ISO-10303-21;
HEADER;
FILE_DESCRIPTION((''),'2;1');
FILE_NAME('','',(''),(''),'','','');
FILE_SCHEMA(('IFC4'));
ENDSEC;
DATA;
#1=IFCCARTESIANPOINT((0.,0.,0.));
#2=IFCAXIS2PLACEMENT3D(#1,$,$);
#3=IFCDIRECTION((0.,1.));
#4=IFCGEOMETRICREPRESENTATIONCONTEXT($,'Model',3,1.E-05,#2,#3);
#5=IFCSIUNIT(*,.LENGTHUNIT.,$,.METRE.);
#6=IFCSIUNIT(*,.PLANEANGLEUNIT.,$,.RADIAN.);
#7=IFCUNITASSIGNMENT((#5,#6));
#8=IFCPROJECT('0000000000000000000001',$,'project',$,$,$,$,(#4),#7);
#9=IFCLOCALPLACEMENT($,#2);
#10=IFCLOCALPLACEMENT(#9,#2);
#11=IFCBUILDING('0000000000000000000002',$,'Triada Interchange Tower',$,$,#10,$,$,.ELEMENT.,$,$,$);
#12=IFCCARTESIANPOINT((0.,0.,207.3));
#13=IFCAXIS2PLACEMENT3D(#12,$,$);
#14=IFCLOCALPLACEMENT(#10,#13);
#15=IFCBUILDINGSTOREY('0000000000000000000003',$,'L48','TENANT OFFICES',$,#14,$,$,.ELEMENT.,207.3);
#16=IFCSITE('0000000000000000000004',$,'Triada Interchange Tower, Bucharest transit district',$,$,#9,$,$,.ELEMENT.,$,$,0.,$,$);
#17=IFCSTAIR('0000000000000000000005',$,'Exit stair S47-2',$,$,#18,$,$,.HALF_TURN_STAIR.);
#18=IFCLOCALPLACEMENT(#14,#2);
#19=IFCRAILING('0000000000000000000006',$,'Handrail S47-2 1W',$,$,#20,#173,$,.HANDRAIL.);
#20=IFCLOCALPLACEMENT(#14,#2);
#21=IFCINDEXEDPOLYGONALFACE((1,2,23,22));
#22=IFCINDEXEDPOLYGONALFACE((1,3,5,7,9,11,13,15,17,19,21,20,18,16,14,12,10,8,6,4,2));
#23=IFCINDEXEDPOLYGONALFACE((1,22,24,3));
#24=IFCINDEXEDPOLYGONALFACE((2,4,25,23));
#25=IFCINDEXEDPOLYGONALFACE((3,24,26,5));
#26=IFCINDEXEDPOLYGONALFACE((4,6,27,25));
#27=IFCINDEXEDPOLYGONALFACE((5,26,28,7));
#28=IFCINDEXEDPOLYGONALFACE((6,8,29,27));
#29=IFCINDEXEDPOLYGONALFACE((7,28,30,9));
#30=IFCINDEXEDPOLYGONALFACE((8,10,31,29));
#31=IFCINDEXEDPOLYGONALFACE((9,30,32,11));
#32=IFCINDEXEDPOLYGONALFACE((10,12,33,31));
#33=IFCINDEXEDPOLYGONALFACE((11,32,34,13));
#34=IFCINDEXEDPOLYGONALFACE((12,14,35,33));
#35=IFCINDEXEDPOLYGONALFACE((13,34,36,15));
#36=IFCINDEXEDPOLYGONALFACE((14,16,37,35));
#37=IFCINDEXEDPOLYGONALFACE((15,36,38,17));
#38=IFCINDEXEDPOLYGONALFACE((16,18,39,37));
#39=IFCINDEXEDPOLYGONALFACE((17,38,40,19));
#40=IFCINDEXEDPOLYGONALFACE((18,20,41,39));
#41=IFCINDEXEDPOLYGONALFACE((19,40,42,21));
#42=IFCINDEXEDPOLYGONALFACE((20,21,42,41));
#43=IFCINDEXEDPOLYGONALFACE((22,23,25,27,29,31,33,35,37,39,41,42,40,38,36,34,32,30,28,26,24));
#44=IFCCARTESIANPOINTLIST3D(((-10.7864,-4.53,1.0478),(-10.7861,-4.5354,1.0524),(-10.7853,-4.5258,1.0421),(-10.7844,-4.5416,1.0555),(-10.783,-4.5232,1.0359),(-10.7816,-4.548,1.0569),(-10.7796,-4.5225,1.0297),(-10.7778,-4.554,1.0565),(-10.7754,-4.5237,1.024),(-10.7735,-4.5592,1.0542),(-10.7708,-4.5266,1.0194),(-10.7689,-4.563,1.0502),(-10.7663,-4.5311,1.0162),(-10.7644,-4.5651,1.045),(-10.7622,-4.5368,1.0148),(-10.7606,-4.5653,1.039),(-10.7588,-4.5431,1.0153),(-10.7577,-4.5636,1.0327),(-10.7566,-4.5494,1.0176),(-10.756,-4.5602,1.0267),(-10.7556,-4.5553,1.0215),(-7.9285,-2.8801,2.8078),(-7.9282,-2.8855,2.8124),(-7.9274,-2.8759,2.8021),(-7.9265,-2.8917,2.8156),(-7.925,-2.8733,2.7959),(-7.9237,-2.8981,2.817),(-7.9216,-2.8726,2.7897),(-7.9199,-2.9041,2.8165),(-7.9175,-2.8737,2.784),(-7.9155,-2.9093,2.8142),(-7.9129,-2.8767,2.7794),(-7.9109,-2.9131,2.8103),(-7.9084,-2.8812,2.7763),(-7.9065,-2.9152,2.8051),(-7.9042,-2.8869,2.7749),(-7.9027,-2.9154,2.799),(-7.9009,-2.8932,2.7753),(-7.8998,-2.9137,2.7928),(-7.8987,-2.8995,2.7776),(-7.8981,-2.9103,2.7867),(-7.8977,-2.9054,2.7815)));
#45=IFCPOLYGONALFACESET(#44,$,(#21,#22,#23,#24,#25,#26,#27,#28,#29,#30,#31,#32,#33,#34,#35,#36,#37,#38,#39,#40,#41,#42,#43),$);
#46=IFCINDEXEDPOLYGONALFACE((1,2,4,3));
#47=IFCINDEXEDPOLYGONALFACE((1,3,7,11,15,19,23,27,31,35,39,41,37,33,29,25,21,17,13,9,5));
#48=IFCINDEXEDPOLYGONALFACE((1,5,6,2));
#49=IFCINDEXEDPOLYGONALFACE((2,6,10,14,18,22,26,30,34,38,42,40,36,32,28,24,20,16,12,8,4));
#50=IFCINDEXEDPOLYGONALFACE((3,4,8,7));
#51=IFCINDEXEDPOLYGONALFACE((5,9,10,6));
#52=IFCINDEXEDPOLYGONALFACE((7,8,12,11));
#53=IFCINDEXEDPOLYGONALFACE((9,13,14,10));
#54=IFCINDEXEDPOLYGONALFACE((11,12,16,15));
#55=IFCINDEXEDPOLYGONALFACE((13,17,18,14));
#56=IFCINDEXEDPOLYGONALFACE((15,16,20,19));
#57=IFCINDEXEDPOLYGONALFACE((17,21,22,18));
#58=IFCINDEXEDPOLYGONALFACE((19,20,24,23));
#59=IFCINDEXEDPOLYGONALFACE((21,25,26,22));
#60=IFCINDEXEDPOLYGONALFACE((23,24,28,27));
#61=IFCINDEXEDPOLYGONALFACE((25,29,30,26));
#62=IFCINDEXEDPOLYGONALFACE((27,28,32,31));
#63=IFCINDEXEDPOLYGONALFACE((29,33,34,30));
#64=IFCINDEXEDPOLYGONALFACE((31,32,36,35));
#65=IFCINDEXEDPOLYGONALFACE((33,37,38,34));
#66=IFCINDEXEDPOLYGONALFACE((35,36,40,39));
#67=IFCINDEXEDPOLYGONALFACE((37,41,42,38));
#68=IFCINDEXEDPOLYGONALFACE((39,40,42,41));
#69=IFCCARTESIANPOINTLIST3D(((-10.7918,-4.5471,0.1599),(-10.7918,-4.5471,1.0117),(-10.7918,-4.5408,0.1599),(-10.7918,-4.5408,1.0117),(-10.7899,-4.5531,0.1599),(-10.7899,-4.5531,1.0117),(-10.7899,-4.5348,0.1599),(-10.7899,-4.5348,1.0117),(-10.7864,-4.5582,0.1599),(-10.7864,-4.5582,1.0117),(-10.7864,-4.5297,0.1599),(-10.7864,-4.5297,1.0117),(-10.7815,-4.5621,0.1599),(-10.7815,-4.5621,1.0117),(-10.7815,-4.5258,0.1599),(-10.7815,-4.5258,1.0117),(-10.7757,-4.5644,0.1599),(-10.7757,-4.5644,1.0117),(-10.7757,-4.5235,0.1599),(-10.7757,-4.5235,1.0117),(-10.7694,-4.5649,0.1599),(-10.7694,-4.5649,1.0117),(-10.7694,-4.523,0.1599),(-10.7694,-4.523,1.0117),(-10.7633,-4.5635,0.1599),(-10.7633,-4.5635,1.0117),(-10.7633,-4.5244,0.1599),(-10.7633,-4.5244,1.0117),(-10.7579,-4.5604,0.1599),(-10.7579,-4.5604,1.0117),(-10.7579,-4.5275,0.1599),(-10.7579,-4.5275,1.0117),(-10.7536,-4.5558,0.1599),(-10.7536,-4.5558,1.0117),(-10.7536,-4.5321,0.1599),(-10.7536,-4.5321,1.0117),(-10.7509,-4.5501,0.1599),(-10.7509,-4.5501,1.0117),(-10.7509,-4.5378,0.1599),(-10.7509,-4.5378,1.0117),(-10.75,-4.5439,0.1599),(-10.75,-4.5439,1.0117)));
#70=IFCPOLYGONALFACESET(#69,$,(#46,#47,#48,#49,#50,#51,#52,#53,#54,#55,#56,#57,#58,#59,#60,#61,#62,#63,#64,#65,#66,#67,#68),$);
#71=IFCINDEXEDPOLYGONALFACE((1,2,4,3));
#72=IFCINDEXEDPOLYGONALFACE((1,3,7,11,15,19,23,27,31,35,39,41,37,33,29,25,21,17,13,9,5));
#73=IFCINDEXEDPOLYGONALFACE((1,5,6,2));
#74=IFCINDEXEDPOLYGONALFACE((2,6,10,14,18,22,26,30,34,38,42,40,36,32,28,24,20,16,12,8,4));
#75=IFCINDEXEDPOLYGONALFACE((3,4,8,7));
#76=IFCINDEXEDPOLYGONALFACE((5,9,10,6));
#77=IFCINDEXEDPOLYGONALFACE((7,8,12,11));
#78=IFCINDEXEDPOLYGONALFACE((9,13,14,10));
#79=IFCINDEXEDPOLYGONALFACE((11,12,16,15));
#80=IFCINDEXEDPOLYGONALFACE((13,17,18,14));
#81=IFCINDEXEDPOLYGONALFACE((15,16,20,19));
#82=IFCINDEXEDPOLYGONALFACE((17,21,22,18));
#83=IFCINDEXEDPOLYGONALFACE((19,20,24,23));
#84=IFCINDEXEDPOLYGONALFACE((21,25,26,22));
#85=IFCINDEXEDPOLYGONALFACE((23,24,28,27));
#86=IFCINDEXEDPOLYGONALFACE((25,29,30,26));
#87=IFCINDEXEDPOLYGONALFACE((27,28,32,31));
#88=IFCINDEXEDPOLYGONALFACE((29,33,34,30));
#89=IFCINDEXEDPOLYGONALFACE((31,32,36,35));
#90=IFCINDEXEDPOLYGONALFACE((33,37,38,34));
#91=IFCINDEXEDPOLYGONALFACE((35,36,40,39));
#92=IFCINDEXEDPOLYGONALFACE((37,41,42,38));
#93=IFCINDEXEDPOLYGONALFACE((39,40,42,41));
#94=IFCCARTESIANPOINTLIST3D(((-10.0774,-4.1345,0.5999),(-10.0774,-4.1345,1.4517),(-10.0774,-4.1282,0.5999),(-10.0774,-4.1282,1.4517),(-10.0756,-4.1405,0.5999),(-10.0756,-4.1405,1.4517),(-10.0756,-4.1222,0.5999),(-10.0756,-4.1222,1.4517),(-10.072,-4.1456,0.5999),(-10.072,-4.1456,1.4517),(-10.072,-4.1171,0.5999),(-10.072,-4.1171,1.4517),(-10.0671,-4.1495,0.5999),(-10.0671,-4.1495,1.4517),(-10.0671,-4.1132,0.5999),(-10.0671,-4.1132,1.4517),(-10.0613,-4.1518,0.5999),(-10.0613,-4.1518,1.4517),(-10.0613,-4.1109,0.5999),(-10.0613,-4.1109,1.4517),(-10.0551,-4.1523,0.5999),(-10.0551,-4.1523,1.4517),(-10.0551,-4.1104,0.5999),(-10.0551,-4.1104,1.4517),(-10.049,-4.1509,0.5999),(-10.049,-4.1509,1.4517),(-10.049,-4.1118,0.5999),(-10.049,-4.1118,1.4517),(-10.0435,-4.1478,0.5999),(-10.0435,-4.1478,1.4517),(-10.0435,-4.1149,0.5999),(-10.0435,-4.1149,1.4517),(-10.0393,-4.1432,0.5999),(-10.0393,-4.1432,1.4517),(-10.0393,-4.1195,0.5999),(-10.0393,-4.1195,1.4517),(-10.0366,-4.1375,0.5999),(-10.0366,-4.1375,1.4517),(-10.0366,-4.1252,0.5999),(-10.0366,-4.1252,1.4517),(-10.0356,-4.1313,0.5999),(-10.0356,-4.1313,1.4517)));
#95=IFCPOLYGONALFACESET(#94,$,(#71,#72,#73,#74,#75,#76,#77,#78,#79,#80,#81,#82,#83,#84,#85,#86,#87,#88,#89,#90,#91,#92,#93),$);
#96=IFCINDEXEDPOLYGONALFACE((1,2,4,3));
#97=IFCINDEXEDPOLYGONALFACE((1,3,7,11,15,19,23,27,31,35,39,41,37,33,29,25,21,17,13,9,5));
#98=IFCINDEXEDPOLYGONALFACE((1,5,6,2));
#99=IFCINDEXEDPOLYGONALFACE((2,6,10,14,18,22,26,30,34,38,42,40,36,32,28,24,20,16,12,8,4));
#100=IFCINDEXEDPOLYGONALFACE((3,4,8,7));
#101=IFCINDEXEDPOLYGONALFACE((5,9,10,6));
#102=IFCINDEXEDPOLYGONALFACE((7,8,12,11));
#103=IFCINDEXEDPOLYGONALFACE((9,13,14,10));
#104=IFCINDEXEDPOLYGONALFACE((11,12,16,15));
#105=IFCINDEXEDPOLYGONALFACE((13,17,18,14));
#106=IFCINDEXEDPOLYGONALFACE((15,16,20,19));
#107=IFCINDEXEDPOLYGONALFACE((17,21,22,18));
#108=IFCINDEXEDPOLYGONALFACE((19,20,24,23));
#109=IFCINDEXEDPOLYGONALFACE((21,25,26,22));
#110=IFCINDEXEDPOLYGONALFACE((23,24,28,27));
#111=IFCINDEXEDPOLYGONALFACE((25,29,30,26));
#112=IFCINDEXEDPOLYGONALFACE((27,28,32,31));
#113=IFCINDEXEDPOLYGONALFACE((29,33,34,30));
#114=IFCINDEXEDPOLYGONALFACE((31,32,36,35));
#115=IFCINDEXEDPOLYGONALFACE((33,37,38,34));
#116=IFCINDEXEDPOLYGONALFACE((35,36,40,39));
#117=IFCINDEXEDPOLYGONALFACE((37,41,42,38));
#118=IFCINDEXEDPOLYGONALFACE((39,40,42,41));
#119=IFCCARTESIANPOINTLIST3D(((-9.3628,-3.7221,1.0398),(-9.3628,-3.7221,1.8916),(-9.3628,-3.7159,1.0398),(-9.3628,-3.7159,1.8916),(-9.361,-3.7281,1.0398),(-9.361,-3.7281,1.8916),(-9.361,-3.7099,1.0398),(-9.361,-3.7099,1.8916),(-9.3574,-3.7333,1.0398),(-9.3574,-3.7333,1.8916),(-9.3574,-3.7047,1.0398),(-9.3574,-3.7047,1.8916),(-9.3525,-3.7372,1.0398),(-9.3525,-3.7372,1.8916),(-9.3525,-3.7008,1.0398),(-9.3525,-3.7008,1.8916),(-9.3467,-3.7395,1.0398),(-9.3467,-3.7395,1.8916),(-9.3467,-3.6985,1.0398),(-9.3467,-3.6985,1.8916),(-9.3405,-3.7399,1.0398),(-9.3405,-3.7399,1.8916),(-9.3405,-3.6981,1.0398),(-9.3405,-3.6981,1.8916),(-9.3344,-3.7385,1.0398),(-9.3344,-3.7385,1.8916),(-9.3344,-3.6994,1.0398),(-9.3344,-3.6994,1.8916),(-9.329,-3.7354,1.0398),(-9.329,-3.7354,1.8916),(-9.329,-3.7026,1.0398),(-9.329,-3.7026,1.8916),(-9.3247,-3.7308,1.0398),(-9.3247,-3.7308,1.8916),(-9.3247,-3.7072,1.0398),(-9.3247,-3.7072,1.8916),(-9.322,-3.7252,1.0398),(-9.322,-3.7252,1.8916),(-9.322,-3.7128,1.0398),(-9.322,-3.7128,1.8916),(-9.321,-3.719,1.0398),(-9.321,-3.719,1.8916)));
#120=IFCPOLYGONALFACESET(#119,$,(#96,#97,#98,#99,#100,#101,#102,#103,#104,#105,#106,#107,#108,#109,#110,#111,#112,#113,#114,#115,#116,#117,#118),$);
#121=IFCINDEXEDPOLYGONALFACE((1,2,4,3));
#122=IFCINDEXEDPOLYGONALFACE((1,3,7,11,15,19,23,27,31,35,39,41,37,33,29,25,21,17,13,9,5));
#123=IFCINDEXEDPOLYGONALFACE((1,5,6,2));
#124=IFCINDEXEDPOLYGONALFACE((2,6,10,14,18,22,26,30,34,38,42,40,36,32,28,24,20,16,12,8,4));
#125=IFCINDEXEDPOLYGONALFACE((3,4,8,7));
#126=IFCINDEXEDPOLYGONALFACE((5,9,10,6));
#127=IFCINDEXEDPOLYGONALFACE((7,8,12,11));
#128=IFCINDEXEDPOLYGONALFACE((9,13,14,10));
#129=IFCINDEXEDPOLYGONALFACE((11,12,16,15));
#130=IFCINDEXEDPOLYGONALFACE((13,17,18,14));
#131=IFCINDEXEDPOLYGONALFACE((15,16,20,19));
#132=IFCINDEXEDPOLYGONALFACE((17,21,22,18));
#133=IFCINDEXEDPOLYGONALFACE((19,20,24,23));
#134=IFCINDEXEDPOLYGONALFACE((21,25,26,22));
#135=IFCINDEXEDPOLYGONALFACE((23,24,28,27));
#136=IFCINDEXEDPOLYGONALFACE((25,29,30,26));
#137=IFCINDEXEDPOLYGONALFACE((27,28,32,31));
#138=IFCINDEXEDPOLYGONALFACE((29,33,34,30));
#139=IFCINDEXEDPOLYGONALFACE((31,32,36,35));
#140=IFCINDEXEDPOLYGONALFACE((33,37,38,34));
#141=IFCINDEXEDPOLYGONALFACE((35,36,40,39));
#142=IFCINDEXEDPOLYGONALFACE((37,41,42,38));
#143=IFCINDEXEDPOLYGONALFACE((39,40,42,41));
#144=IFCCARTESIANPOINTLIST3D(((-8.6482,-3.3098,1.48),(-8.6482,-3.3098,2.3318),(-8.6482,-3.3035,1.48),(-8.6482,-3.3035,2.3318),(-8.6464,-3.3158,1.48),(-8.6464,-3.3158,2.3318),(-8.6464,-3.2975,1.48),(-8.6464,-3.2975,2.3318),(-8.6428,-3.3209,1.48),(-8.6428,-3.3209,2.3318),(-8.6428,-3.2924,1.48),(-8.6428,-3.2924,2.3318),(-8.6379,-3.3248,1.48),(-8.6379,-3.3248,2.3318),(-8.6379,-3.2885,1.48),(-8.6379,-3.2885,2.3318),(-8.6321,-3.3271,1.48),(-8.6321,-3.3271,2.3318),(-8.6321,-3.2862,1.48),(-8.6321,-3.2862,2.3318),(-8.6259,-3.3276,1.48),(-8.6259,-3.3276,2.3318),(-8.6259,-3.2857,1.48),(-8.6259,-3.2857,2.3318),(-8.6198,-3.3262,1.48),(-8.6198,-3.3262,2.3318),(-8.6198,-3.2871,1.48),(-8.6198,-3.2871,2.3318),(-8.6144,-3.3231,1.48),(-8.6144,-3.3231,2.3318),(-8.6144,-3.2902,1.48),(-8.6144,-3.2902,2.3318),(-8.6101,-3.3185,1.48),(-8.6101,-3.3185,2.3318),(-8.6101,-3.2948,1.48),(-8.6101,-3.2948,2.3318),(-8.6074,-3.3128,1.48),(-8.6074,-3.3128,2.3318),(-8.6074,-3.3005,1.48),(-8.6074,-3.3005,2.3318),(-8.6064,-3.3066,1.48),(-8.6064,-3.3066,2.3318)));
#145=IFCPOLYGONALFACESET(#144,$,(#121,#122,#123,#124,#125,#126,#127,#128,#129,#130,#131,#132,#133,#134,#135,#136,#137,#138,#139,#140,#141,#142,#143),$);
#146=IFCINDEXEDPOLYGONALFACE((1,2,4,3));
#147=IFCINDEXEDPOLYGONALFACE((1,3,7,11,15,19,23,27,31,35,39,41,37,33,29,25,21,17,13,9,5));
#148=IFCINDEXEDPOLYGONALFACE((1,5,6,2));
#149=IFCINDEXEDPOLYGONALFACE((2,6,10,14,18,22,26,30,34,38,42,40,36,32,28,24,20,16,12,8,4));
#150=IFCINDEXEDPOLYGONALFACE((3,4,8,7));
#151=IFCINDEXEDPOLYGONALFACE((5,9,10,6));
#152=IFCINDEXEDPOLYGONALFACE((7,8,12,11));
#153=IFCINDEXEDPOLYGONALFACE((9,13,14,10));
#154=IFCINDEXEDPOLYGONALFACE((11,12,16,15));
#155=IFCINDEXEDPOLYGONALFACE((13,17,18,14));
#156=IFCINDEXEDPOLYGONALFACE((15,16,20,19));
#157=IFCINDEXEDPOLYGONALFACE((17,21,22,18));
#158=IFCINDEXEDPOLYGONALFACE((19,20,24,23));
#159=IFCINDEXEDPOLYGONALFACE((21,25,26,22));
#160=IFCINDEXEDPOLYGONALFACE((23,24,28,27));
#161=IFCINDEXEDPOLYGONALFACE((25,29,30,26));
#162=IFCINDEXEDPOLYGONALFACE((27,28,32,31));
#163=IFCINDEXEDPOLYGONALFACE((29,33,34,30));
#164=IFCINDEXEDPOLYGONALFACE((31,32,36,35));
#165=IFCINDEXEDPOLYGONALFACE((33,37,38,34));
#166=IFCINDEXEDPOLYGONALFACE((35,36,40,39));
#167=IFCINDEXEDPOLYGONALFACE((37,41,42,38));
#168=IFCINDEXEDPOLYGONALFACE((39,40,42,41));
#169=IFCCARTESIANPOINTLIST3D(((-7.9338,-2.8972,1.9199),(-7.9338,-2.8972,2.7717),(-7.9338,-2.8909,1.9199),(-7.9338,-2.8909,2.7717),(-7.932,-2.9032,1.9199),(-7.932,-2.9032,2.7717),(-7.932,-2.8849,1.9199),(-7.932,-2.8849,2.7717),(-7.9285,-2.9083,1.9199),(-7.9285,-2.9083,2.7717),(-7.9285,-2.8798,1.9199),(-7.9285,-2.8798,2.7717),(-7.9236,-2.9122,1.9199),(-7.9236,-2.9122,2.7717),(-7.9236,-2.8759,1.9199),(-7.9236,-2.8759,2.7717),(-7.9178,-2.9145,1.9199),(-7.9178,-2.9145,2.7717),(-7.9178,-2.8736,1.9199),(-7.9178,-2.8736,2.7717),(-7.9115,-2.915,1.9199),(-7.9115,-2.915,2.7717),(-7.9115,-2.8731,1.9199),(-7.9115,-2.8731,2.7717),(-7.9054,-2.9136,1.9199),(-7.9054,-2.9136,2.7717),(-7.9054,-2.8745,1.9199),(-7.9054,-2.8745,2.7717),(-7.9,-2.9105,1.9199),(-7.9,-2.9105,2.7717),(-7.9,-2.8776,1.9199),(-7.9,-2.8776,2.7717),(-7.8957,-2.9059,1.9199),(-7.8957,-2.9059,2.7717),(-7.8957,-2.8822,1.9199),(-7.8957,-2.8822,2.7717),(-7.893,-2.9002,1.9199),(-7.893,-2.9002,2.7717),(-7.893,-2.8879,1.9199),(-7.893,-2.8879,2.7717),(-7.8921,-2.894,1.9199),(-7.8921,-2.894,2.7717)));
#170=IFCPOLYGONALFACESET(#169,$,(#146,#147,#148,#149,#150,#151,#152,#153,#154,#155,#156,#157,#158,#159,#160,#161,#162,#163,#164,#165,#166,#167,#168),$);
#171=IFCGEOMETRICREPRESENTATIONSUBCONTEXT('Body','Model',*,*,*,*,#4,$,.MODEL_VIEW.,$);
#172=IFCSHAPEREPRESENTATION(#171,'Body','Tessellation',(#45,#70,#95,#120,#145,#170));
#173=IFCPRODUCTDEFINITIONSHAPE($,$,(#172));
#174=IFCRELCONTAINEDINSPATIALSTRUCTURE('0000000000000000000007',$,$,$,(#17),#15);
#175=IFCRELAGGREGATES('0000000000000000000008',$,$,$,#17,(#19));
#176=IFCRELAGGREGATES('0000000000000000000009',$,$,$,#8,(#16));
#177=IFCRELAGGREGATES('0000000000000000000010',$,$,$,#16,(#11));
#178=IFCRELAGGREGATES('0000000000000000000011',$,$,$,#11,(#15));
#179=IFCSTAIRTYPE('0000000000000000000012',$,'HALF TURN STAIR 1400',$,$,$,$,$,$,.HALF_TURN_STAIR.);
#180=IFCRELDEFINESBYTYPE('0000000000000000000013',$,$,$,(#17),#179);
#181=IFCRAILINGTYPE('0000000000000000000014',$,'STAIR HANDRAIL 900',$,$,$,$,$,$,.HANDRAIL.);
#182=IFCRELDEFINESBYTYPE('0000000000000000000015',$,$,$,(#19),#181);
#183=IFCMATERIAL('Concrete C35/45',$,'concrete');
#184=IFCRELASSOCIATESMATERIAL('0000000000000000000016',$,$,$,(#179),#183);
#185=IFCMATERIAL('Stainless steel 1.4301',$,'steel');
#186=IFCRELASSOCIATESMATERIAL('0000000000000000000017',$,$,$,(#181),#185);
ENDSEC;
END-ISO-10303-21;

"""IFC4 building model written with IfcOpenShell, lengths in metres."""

from ifc_helpers import new_model, si_unit, direction, frame, origin, origin_2d, place, context, subcontext, project, spatial, circle, extrude, material, type_object, element, aggregate, save


model = new_model("IFC4")

# Units and contexts
model_context = context("Model", 3, precision=1e-05, world=origin(), true_north=direction((0.0, 1.0)))
body_context = subcontext(model_context, "Body", "Model", "MODEL_VIEW")
ifc_project = project(units=[si_unit("LENGTHUNIT", "METRE"), si_unit("PLANEANGLEUNIT", "RADIAN")], contexts=[model_context])

# Site, building, storey
site_placement = place(None, origin())
site = spatial("IfcSite", under=ifc_project, at=site_placement, Name="Triada Interchange Tower, Bucharest transit district", CompositionType="ELEMENT", RefElevation=0.0)
building_placement = place(site_placement, origin())
building = spatial("IfcBuilding", under=site, at=building_placement, Name="Triada Interchange Tower", CompositionType="ELEMENT")
storey_placement = place(building_placement, frame((0.0, 0.0, 207.3)))
storey = spatial("IfcBuildingStorey", under=building, at=storey_placement, Name="L48", Description="TENANT OFFICES", CompositionType="ELEMENT", Elevation=207.3)

# Stair, railing
ifc_material_1 = material(Name="Concrete C35/45", Category="concrete")
stair_type = type_object("IfcStairType", Name="HALF TURN STAIR 1400", PredefinedType="HALF_TURN_STAIR", material=ifc_material_1)
stair_placement = place(storey_placement, origin())
stair = element("IfcStair", 1, at=stair_placement, inside=storey, type_object=stair_type, Name="Exit stair S47-2", PredefinedType="HALF_TURN_STAIR")
ifc_material_2 = material(Name="Stainless steel 1.4301", Category="steel")
railing_type = type_object("IfcRailingType", Name="STAIR HANDRAIL 900", PredefinedType="HANDRAIL", material=ifc_material_2)
railing_1_placement = place(storey_placement, frame((-10.771, -4.5439, 0.1599)))
railing_1 = element("IfcRailing", 2, at=railing_1_placement, type_object=railing_type, Name="Handrail S47-2 1W", PredefinedType="HANDRAIL", context=body_context, shape_type="SweptSolid", body=[
    extrude(circle(Radius=0.0239, at=origin_2d()), frame((0.0, 0.0, 0.876), z_axis=(0.764151, 0.441153, 0.470593), x_axis=(-0.499974, 0.86604, 0.0)), (0.0, 0.0, 1.0), 3.74),
    extrude(circle(Radius=0.021, at=origin_2d()), origin(), (0.0, 0.0, 1.0), 0.8518),
    extrude(circle(Radius=0.021, at=origin_2d()), frame((0.7144, 0.4126, 0.4399)), (0.0, 0.0, 1.0), 0.8518),
    extrude(circle(Radius=0.021, at=origin_2d()), frame((1.429, 0.825, 0.8799)), (0.0, 0.0, 1.0), 0.8518),
    extrude(circle(Radius=0.021, at=origin_2d()), frame((2.1436, 1.2373, 1.3201)), (0.0, 0.0, 1.0), 0.8518),
    extrude(circle(Radius=0.021, at=origin_2d()), frame((2.8579, 1.6499, 1.76)), (0.0, 0.0, 1.0), 0.8518),
])
aggregate(stair, [railing_1])

save(model, "model.ifc")
